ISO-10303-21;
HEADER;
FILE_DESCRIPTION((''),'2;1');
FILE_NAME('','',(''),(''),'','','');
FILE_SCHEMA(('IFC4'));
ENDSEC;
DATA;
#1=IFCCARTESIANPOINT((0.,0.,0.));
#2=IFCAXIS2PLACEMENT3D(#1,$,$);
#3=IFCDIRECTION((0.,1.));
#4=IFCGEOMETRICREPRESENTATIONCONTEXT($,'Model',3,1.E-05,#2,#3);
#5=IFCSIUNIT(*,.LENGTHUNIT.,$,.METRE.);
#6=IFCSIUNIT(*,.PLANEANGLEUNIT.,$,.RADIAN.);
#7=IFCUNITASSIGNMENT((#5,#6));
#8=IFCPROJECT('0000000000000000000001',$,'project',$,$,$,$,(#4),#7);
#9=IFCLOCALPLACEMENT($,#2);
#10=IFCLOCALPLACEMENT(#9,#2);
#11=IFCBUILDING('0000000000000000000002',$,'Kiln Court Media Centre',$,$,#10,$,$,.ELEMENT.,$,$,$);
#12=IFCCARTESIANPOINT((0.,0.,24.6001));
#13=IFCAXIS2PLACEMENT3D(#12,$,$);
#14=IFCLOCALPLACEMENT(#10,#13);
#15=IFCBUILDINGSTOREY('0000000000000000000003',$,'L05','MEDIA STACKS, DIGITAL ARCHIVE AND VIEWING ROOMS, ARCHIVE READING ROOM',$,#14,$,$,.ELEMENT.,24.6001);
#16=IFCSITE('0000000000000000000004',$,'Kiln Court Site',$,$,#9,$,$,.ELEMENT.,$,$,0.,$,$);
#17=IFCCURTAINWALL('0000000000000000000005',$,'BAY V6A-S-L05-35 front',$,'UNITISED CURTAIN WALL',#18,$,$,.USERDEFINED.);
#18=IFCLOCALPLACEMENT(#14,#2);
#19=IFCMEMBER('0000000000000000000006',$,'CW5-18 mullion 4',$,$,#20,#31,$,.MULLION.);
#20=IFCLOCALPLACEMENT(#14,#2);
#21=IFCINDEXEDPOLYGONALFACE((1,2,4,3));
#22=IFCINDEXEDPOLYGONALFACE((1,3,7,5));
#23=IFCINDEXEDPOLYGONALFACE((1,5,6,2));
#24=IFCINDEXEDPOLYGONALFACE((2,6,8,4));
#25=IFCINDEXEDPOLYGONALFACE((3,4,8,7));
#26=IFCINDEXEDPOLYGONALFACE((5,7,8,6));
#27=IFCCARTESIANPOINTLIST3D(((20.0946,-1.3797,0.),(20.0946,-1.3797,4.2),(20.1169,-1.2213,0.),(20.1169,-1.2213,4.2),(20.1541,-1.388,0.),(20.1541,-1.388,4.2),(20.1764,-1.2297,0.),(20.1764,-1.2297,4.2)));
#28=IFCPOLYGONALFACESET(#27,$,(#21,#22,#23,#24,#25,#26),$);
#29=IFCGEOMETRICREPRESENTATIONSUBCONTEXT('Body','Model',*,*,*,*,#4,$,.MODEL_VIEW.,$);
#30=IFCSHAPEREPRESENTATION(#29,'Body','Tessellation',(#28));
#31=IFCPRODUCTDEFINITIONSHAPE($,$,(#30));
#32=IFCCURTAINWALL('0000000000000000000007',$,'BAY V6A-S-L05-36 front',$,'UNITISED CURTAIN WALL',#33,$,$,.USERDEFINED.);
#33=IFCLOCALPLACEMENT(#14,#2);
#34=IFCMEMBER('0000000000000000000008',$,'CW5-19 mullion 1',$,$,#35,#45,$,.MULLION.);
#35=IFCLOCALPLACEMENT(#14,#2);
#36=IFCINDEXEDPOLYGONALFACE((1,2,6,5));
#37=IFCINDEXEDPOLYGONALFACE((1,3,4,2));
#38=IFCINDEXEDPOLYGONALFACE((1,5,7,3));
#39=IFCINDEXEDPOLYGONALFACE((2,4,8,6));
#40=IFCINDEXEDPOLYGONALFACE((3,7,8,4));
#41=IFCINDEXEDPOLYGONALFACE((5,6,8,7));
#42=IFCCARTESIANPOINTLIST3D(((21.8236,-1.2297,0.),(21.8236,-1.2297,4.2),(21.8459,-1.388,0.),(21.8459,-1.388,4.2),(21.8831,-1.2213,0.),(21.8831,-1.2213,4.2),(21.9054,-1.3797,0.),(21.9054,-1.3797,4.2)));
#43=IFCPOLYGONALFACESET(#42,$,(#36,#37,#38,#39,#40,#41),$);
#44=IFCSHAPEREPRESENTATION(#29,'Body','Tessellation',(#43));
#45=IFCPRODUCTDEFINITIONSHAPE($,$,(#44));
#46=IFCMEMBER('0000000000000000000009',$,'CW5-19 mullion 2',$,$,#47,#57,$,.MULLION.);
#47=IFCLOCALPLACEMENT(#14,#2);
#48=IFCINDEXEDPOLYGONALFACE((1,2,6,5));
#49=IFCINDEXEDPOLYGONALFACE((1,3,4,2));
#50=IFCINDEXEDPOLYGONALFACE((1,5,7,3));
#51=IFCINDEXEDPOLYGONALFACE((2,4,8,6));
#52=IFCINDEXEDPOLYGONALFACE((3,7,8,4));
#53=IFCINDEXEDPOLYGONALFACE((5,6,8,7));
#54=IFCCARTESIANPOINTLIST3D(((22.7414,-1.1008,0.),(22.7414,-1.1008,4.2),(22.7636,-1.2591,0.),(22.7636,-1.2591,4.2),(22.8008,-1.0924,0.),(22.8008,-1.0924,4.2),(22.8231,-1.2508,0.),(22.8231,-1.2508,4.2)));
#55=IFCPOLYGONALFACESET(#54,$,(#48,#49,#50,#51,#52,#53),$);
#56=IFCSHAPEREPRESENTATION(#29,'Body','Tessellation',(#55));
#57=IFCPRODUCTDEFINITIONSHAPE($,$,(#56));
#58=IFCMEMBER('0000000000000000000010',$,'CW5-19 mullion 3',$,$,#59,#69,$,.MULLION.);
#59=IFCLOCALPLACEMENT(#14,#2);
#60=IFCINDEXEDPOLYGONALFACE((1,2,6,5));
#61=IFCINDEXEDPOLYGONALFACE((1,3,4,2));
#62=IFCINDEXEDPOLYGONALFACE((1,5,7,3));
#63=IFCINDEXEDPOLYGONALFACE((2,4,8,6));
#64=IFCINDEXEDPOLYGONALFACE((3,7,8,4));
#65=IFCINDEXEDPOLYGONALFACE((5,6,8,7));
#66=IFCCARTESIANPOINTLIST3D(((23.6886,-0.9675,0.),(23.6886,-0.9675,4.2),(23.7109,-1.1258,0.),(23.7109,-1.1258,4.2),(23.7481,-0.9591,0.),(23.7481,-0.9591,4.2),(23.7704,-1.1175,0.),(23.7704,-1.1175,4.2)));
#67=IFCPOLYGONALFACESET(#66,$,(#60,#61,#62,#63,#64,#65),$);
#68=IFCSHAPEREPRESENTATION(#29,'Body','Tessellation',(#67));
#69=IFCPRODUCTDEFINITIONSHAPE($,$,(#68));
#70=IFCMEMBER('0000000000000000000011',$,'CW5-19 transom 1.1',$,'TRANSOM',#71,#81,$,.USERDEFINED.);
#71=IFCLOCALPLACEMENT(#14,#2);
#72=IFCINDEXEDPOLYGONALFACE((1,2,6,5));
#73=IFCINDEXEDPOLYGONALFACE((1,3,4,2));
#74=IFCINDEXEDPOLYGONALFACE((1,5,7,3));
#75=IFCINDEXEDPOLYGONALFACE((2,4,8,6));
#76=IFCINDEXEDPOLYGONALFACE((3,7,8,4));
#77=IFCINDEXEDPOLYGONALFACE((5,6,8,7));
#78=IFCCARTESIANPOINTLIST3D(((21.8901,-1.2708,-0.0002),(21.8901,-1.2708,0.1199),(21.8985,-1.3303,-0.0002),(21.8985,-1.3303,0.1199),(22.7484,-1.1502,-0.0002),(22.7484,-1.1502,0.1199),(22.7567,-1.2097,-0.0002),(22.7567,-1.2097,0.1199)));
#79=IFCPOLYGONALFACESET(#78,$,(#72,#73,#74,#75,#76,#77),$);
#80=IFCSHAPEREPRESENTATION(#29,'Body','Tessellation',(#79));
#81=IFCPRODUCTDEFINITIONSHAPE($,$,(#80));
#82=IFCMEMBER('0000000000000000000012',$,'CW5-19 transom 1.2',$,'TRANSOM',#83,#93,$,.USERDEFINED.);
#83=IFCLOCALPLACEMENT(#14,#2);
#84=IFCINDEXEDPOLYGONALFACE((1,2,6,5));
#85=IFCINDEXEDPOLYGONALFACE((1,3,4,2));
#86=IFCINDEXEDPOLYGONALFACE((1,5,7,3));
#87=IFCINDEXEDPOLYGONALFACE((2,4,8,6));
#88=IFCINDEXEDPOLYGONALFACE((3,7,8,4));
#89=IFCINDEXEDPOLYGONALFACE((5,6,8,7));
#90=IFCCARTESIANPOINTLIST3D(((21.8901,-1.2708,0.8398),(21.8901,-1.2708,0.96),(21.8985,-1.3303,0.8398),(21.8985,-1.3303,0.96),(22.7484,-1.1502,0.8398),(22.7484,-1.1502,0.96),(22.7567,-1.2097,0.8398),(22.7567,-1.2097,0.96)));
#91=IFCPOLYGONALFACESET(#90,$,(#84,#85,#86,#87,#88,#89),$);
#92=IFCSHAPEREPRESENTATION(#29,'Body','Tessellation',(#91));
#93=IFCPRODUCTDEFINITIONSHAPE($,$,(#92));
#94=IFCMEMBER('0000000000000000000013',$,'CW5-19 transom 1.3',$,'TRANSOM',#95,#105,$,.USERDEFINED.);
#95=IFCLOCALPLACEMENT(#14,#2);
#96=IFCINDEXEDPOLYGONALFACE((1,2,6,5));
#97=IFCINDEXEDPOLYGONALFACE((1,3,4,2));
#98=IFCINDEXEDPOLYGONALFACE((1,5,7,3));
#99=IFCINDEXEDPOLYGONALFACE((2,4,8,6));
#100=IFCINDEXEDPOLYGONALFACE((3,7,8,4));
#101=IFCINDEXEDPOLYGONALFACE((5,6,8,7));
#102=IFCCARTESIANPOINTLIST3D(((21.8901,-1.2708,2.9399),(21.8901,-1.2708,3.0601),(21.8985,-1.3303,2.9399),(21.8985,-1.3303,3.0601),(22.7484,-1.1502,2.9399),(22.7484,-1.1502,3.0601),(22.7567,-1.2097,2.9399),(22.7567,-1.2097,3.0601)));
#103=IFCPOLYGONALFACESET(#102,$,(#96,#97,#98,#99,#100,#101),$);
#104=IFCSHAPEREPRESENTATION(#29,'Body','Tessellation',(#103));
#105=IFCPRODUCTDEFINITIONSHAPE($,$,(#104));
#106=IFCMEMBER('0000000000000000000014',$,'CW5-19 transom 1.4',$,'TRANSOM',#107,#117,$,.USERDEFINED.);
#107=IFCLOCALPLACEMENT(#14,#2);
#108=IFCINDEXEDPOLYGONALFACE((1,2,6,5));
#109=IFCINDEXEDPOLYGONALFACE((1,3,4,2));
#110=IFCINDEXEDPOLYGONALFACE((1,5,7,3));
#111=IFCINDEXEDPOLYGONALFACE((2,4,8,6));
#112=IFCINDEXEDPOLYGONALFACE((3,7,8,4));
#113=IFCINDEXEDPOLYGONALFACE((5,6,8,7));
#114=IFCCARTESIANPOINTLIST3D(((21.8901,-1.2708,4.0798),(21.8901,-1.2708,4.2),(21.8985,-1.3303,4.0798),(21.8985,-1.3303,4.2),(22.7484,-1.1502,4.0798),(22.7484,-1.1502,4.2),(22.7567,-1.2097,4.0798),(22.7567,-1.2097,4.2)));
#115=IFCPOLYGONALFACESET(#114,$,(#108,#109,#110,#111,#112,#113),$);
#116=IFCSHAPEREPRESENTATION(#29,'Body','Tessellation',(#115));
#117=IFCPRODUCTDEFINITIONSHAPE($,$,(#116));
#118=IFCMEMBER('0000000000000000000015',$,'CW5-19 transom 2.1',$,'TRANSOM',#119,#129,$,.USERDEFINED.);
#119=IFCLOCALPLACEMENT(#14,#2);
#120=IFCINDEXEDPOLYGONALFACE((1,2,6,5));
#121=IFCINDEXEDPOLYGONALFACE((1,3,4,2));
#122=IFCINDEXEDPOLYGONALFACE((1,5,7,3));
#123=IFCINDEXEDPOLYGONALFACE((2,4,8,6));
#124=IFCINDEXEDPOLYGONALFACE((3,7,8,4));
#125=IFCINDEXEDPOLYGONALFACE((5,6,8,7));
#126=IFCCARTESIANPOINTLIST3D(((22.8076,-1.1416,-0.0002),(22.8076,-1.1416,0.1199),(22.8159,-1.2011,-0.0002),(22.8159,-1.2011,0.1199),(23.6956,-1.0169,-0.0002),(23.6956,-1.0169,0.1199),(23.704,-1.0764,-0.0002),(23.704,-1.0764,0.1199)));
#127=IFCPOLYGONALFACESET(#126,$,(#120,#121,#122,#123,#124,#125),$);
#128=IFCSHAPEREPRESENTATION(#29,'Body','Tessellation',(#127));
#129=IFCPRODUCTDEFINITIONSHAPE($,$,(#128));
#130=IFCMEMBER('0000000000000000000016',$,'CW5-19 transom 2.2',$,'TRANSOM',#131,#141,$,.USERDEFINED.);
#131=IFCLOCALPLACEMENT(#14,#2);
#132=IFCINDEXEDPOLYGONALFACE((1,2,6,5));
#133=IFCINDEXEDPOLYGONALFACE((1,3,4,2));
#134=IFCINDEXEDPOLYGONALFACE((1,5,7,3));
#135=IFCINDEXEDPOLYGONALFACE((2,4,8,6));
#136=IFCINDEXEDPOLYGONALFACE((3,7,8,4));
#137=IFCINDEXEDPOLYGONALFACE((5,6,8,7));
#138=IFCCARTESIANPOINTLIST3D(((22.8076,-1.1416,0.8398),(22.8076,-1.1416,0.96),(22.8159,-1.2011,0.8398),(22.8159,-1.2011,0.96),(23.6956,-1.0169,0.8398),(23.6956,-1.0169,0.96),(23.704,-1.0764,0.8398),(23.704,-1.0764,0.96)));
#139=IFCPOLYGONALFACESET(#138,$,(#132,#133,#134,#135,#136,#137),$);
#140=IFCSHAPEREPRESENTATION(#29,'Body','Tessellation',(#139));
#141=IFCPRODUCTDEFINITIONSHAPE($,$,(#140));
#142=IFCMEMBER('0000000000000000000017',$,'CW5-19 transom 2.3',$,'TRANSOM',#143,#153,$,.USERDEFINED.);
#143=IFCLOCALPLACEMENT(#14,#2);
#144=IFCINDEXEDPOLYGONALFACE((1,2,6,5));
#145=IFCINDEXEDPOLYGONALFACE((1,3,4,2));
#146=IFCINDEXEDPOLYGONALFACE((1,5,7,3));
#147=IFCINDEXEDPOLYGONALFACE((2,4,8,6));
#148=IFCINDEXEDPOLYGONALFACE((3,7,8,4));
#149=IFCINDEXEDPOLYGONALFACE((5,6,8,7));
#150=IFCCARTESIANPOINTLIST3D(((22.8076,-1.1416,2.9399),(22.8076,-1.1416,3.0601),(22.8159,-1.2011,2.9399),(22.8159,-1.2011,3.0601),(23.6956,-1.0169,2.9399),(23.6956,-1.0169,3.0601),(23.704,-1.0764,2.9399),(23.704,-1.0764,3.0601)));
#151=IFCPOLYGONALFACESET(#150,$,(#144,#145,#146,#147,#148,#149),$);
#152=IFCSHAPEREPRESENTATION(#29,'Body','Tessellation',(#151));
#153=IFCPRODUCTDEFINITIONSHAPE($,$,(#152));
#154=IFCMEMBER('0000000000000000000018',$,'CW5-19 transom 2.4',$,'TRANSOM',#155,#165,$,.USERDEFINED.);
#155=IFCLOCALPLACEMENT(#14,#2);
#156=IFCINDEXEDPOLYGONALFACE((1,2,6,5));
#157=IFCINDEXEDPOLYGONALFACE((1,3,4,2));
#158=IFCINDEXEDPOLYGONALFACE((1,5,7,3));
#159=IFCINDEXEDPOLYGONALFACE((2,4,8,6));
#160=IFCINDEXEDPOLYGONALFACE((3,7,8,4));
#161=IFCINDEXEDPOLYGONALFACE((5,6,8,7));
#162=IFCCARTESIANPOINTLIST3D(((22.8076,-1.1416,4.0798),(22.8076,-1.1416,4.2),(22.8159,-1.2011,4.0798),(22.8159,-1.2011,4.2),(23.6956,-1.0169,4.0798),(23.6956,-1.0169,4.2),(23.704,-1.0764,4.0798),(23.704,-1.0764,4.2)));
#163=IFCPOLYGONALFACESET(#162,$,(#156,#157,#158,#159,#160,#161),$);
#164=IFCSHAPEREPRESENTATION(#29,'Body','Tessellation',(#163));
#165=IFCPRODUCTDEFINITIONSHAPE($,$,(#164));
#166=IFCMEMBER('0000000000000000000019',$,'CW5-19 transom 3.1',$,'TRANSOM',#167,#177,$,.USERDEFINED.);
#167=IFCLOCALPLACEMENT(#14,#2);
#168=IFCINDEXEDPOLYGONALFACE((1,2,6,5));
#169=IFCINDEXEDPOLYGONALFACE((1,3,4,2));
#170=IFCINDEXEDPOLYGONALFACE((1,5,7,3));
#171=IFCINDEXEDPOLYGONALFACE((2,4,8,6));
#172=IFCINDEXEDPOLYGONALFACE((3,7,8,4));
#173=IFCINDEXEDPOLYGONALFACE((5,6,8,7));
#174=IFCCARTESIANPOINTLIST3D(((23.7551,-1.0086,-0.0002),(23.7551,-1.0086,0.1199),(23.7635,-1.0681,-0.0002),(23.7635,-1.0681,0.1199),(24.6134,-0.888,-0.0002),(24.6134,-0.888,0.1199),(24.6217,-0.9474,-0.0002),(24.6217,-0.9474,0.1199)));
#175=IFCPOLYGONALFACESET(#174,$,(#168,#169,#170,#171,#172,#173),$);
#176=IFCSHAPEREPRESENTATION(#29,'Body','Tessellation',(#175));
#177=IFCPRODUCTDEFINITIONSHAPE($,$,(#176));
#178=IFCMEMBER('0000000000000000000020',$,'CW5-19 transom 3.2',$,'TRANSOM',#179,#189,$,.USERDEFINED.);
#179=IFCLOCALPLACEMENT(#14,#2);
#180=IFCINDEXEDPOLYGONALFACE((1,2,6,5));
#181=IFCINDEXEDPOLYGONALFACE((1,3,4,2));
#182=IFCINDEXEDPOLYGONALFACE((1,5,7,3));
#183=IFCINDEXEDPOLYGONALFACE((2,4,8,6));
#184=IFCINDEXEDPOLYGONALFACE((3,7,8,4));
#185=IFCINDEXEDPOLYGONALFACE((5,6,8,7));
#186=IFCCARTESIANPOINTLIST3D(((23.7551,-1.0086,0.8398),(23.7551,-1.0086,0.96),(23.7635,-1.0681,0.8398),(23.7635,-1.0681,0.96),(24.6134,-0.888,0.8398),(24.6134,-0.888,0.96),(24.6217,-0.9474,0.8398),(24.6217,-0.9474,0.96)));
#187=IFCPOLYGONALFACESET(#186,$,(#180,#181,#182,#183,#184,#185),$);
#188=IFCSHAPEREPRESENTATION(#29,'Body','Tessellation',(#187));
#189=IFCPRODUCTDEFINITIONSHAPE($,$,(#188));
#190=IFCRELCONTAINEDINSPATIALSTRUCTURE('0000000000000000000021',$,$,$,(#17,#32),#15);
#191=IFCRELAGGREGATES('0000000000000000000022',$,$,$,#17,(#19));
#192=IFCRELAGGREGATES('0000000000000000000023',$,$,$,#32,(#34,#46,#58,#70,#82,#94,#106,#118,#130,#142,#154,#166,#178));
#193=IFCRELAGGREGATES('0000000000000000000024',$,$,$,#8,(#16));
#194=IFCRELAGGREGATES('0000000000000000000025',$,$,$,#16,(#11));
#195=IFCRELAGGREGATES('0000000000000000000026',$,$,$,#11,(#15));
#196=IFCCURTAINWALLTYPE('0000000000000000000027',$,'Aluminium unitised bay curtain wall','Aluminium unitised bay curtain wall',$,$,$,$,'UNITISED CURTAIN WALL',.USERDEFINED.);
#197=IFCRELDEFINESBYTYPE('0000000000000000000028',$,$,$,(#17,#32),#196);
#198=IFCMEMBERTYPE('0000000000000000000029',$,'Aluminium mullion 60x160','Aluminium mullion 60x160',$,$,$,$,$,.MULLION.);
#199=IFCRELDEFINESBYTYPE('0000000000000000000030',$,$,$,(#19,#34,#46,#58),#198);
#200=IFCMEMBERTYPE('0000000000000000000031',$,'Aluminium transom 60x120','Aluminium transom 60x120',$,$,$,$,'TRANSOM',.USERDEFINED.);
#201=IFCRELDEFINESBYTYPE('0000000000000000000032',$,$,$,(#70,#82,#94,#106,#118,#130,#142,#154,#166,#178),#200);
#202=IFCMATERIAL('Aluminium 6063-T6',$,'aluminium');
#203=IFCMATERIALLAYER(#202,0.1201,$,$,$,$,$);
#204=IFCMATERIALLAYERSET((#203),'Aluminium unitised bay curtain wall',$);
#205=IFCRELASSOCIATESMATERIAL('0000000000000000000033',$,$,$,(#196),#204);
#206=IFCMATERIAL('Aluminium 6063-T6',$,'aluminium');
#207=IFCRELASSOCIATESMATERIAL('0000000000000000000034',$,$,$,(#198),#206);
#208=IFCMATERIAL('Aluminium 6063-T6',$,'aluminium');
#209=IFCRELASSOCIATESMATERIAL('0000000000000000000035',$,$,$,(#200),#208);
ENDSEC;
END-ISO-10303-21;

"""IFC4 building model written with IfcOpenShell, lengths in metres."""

from ifc_helpers import new_model, si_unit, direction, frame, origin, origin_2d, place, context, subcontext, project, spatial, rectangle, extrude, material, layer, layer_set, material_profile, profile_set, type_object, element, aggregate, save


model = new_model("IFC4")

# Units and contexts
model_context = context("Model", 3, precision=1e-05, world=origin(), true_north=direction((0.0, 1.0)))
body_context = subcontext(model_context, "Body", "Model", "MODEL_VIEW")
ifc_project = project(units=[si_unit("LENGTHUNIT", "METRE"), si_unit("PLANEANGLEUNIT", "RADIAN")], contexts=[model_context])

# Site, building, storey
site_placement = place(None, origin())
site = spatial("IfcSite", under=ifc_project, at=site_placement, Name="Kiln Court Site", CompositionType="ELEMENT", RefElevation=0.0)
building_placement = place(site_placement, origin())
building = spatial("IfcBuilding", under=site, at=building_placement, Name="Kiln Court Media Centre", CompositionType="ELEMENT")
storey_placement = place(building_placement, frame((0.0, 0.0, 24.6001)))
storey = spatial("IfcBuildingStorey", under=building, at=storey_placement, Name="L05", Description="MEDIA STACKS, DIGITAL ARCHIVE AND VIEWING ROOMS, ARCHIVE READING ROOM", CompositionType="ELEMENT", Elevation=24.6001)

# Curtain wall, member
ifc_material_1 = material(Name="Aluminium 6063-T6", Category="aluminium")
ifc_layer_1 = layer(ifc_material_1, 0.1201)
ifc_layer_set_1 = layer_set([ifc_layer_1], Name="Aluminium unitised bay curtain wall")
curtain_wall_type = type_object("IfcCurtainWallType", Name="Aluminium unitised bay curtain wall", Description="Aluminium unitised bay curtain wall", ElementType="UNITISED CURTAIN WALL", PredefinedType="USERDEFINED", material=ifc_layer_set_1)
curtain_wall_1_placement = place(storey_placement, origin())
curtain_wall_1 = element("IfcCurtainWall", 1, at=curtain_wall_1_placement, inside=storey, type_object=curtain_wall_type, Name="BAY V6A-S-L05-35 front", ObjectType="UNITISED CURTAIN WALL", PredefinedType="USERDEFINED")
ifc_material_2 = material(Name="Aluminium 6063-T6", Category="aluminium")
ifc_material_profile_1 = material_profile(ifc_material_2, rectangle(XDim=0.0601, YDim=0.1599, at=origin_2d()), Name="Aluminium mullion 60x160")
ifc_profile_set_1 = profile_set([ifc_material_profile_1], Name="Aluminium 6063-T6")
member_type_1 = type_object("IfcMemberType", Name="Aluminium mullion 60x160", Description="Aluminium mullion 60x160", PredefinedType="MULLION", material=ifc_profile_set_1)
member_1_placement = place(storey_placement, frame((20.1355, -1.3047, 0.0), z_axis=(0.0, 0.0, 1.0), x_axis=(0.99027, -0.139162, 0.0)))
member_1 = element("IfcMember", 2, at=member_1_placement, type_object=member_type_1, Name="CW5-18 mullion 4", PredefinedType="MULLION", context=body_context, shape_type="SweptSolid", body=[
    extrude(rectangle(XDim=0.0601, YDim=0.1599, at=origin_2d()), origin(), (0.0, 0.0, 1.0), 4.2),
])

# Curtain wall, members
curtain_wall_2_placement = place(storey_placement, origin())
curtain_wall_2 = element("IfcCurtainWall", 3, at=curtain_wall_2_placement, inside=storey, type_object=curtain_wall_type, Name="BAY V6A-S-L05-36 front", ObjectType="UNITISED CURTAIN WALL", PredefinedType="USERDEFINED")
member_2_placement = place(storey_placement, frame((21.8645, -1.3047, 0.0), z_axis=(0.0, 0.0, 1.0), x_axis=(0.99027, 0.139162, 0.0)))
member_2 = element("IfcMember", 4, at=member_2_placement, type_object=member_type_1, Name="CW5-19 mullion 1", PredefinedType="MULLION", context=body_context, shape_type="SweptSolid", body=[
    extrude(rectangle(XDim=0.0601, YDim=0.1599, at=origin_2d()), origin(), (0.0, 0.0, 1.0), 4.2),
])
member_3_placement = place(storey_placement, frame((22.7822, -1.1758, 0.0), z_axis=(0.0, 0.0, 1.0), x_axis=(0.99027, 0.139162, 0.0)))
member_3 = element("IfcMember", 5, at=member_3_placement, type_object=member_type_1, Name="CW5-19 mullion 2", PredefinedType="MULLION", context=body_context, shape_type="SweptSolid", body=[
    extrude(rectangle(XDim=0.0601, YDim=0.1599, at=origin_2d()), origin(), (0.0, 0.0, 1.0), 4.2),
])
member_4_placement = place(storey_placement, frame((23.7295, -1.0425, 0.0), z_axis=(0.0, 0.0, 1.0), x_axis=(0.99027, 0.139162, 0.0)))
member_4 = element("IfcMember", 6, at=member_4_placement, type_object=member_type_1, Name="CW5-19 mullion 3", PredefinedType="MULLION", context=body_context, shape_type="SweptSolid", body=[
    extrude(rectangle(XDim=0.0601, YDim=0.1599, at=origin_2d()), origin(), (0.0, 0.0, 1.0), 4.2),
])
ifc_material_3 = material(Name="Aluminium 6063-T6", Category="aluminium")
ifc_material_profile_2 = material_profile(ifc_material_3, rectangle(XDim=0.0601, YDim=0.1201, at=origin_2d()), Name="Aluminium transom 60x120")
ifc_profile_set_2 = profile_set([ifc_material_profile_2], Name="Aluminium 6063-T6")
member_type_2 = type_object("IfcMemberType", Name="Aluminium transom 60x120", Description="Aluminium transom 60x120", ElementType="TRANSOM", PredefinedType="USERDEFINED", material=ifc_profile_set_2)
member_5_placement = place(storey_placement, frame((21.8943, -1.3005, 0.0598), z_axis=(0.990268, 0.139173, 0.0), x_axis=(-0.139173, 0.990268, 0.0)))
member_5 = element("IfcMember", 7, at=member_5_placement, type_object=member_type_2, Name="CW5-19 transom 1.1", ObjectType="TRANSOM", PredefinedType="USERDEFINED", context=body_context, shape_type="SweptSolid", body=[
    extrude(rectangle(XDim=0.0601, YDim=0.1201, at=origin_2d()), origin(), (0.0, 0.0, 1.0), 0.8667),
])
member_6_placement = place(storey_placement, frame((21.8943, -1.3005, 0.8999), z_axis=(0.990268, 0.139173, 0.0), x_axis=(-0.139173, 0.990268, 0.0)))
member_6 = element("IfcMember", 8, at=member_6_placement, type_object=member_type_2, Name="CW5-19 transom 1.2", ObjectType="TRANSOM", PredefinedType="USERDEFINED", context=body_context, shape_type="SweptSolid", body=[
    extrude(rectangle(XDim=0.0601, YDim=0.1201, at=origin_2d()), origin(), (0.0, 0.0, 1.0), 0.8667),
])
member_7_placement = place(storey_placement, frame((21.8943, -1.3005, 3.0), z_axis=(0.990268, 0.139173, 0.0), x_axis=(-0.139173, 0.990268, 0.0)))
member_7 = element("IfcMember", 9, at=member_7_placement, type_object=member_type_2, Name="CW5-19 transom 1.3", ObjectType="TRANSOM", PredefinedType="USERDEFINED", context=body_context, shape_type="SweptSolid", body=[
    extrude(rectangle(XDim=0.0601, YDim=0.1201, at=origin_2d()), origin(), (0.0, 0.0, 1.0), 0.8667),
])
member_8_placement = place(storey_placement, frame((21.8943, -1.3005, 4.1399), z_axis=(0.990268, 0.139173, 0.0), x_axis=(-0.139173, 0.990268, 0.0)))
member_8 = element("IfcMember", 10, at=member_8_placement, type_object=member_type_2, Name="CW5-19 transom 1.4", ObjectType="TRANSOM", PredefinedType="USERDEFINED", context=body_context, shape_type="SweptSolid", body=[
    extrude(rectangle(XDim=0.0601, YDim=0.1201, at=origin_2d()), origin(), (0.0, 0.0, 1.0), 0.8667),
])
member_9_placement = place(storey_placement, frame((22.8118, -1.1714, 0.0598), z_axis=(0.990274, 0.139134, 0.0), x_axis=(-0.139134, 0.990274, 0.0)))
member_9 = element("IfcMember", 11, at=member_9_placement, type_object=member_type_2, Name="CW5-19 transom 2.1", ObjectType="TRANSOM", PredefinedType="USERDEFINED", context=body_context, shape_type="SweptSolid", body=[
    extrude(rectangle(XDim=0.0601, YDim=0.1201, at=origin_2d()), origin(), (0.0, 0.0, 1.0), 0.8967),
])
member_10_placement = place(storey_placement, frame((22.8118, -1.1714, 0.8999), z_axis=(0.990274, 0.139134, 0.0), x_axis=(-0.139134, 0.990274, 0.0)))
member_10 = element("IfcMember", 12, at=member_10_placement, type_object=member_type_2, Name="CW5-19 transom 2.2", ObjectType="TRANSOM", PredefinedType="USERDEFINED", context=body_context, shape_type="SweptSolid", body=[
    extrude(rectangle(XDim=0.0601, YDim=0.1201, at=origin_2d()), origin(), (0.0, 0.0, 1.0), 0.8967),
])
member_11_placement = place(storey_placement, frame((22.8118, -1.1714, 3.0), z_axis=(0.990274, 0.139134, 0.0), x_axis=(-0.139134, 0.990274, 0.0)))
member_11 = element("IfcMember", 13, at=member_11_placement, type_object=member_type_2, Name="CW5-19 transom 2.3", ObjectType="TRANSOM", PredefinedType="USERDEFINED", context=body_context, shape_type="SweptSolid", body=[
    extrude(rectangle(XDim=0.0601, YDim=0.1201, at=origin_2d()), origin(), (0.0, 0.0, 1.0), 0.8967),
])
member_12_placement = place(storey_placement, frame((22.8118, -1.1714, 4.1399), z_axis=(0.990274, 0.139134, 0.0), x_axis=(-0.139134, 0.990274, 0.0)))
member_12 = element("IfcMember", 14, at=member_12_placement, type_object=member_type_2, Name="CW5-19 transom 2.4", ObjectType="TRANSOM", PredefinedType="USERDEFINED", context=body_context, shape_type="SweptSolid", body=[
    extrude(rectangle(XDim=0.0601, YDim=0.1201, at=origin_2d()), origin(), (0.0, 0.0, 1.0), 0.8967),
])
member_13_placement = place(storey_placement, frame((23.7593, -1.0383, 0.0598), z_axis=(0.990268, 0.139173, 0.0), x_axis=(-0.139173, 0.990268, 0.0)))
member_13 = element("IfcMember", 15, at=member_13_placement, type_object=member_type_2, Name="CW5-19 transom 3.1", ObjectType="TRANSOM", PredefinedType="USERDEFINED", context=body_context, shape_type="SweptSolid", body=[
    extrude(rectangle(XDim=0.0601, YDim=0.1201, at=origin_2d()), origin(), (0.0, 0.0, 1.0), 0.8667),
])
member_14_placement = place(storey_placement, frame((23.7593, -1.0383, 0.8999), z_axis=(0.990268, 0.139173, 0.0), x_axis=(-0.139173, 0.990268, 0.0)))
member_14 = element("IfcMember", 16, at=member_14_placement, type_object=member_type_2, Name="CW5-19 transom 3.2", ObjectType="TRANSOM", PredefinedType="USERDEFINED", context=body_context, shape_type="SweptSolid", body=[
    extrude(rectangle(XDim=0.0601, YDim=0.1201, at=origin_2d()), origin(), (0.0, 0.0, 1.0), 0.8667),
])

aggregate(curtain_wall_1, [member_1])
aggregate(curtain_wall_2, [member_2, member_3, member_4, member_5, member_6, member_7, member_8, member_9, member_10, member_11, member_12, member_13, member_14])

save(model, "model.ifc")
